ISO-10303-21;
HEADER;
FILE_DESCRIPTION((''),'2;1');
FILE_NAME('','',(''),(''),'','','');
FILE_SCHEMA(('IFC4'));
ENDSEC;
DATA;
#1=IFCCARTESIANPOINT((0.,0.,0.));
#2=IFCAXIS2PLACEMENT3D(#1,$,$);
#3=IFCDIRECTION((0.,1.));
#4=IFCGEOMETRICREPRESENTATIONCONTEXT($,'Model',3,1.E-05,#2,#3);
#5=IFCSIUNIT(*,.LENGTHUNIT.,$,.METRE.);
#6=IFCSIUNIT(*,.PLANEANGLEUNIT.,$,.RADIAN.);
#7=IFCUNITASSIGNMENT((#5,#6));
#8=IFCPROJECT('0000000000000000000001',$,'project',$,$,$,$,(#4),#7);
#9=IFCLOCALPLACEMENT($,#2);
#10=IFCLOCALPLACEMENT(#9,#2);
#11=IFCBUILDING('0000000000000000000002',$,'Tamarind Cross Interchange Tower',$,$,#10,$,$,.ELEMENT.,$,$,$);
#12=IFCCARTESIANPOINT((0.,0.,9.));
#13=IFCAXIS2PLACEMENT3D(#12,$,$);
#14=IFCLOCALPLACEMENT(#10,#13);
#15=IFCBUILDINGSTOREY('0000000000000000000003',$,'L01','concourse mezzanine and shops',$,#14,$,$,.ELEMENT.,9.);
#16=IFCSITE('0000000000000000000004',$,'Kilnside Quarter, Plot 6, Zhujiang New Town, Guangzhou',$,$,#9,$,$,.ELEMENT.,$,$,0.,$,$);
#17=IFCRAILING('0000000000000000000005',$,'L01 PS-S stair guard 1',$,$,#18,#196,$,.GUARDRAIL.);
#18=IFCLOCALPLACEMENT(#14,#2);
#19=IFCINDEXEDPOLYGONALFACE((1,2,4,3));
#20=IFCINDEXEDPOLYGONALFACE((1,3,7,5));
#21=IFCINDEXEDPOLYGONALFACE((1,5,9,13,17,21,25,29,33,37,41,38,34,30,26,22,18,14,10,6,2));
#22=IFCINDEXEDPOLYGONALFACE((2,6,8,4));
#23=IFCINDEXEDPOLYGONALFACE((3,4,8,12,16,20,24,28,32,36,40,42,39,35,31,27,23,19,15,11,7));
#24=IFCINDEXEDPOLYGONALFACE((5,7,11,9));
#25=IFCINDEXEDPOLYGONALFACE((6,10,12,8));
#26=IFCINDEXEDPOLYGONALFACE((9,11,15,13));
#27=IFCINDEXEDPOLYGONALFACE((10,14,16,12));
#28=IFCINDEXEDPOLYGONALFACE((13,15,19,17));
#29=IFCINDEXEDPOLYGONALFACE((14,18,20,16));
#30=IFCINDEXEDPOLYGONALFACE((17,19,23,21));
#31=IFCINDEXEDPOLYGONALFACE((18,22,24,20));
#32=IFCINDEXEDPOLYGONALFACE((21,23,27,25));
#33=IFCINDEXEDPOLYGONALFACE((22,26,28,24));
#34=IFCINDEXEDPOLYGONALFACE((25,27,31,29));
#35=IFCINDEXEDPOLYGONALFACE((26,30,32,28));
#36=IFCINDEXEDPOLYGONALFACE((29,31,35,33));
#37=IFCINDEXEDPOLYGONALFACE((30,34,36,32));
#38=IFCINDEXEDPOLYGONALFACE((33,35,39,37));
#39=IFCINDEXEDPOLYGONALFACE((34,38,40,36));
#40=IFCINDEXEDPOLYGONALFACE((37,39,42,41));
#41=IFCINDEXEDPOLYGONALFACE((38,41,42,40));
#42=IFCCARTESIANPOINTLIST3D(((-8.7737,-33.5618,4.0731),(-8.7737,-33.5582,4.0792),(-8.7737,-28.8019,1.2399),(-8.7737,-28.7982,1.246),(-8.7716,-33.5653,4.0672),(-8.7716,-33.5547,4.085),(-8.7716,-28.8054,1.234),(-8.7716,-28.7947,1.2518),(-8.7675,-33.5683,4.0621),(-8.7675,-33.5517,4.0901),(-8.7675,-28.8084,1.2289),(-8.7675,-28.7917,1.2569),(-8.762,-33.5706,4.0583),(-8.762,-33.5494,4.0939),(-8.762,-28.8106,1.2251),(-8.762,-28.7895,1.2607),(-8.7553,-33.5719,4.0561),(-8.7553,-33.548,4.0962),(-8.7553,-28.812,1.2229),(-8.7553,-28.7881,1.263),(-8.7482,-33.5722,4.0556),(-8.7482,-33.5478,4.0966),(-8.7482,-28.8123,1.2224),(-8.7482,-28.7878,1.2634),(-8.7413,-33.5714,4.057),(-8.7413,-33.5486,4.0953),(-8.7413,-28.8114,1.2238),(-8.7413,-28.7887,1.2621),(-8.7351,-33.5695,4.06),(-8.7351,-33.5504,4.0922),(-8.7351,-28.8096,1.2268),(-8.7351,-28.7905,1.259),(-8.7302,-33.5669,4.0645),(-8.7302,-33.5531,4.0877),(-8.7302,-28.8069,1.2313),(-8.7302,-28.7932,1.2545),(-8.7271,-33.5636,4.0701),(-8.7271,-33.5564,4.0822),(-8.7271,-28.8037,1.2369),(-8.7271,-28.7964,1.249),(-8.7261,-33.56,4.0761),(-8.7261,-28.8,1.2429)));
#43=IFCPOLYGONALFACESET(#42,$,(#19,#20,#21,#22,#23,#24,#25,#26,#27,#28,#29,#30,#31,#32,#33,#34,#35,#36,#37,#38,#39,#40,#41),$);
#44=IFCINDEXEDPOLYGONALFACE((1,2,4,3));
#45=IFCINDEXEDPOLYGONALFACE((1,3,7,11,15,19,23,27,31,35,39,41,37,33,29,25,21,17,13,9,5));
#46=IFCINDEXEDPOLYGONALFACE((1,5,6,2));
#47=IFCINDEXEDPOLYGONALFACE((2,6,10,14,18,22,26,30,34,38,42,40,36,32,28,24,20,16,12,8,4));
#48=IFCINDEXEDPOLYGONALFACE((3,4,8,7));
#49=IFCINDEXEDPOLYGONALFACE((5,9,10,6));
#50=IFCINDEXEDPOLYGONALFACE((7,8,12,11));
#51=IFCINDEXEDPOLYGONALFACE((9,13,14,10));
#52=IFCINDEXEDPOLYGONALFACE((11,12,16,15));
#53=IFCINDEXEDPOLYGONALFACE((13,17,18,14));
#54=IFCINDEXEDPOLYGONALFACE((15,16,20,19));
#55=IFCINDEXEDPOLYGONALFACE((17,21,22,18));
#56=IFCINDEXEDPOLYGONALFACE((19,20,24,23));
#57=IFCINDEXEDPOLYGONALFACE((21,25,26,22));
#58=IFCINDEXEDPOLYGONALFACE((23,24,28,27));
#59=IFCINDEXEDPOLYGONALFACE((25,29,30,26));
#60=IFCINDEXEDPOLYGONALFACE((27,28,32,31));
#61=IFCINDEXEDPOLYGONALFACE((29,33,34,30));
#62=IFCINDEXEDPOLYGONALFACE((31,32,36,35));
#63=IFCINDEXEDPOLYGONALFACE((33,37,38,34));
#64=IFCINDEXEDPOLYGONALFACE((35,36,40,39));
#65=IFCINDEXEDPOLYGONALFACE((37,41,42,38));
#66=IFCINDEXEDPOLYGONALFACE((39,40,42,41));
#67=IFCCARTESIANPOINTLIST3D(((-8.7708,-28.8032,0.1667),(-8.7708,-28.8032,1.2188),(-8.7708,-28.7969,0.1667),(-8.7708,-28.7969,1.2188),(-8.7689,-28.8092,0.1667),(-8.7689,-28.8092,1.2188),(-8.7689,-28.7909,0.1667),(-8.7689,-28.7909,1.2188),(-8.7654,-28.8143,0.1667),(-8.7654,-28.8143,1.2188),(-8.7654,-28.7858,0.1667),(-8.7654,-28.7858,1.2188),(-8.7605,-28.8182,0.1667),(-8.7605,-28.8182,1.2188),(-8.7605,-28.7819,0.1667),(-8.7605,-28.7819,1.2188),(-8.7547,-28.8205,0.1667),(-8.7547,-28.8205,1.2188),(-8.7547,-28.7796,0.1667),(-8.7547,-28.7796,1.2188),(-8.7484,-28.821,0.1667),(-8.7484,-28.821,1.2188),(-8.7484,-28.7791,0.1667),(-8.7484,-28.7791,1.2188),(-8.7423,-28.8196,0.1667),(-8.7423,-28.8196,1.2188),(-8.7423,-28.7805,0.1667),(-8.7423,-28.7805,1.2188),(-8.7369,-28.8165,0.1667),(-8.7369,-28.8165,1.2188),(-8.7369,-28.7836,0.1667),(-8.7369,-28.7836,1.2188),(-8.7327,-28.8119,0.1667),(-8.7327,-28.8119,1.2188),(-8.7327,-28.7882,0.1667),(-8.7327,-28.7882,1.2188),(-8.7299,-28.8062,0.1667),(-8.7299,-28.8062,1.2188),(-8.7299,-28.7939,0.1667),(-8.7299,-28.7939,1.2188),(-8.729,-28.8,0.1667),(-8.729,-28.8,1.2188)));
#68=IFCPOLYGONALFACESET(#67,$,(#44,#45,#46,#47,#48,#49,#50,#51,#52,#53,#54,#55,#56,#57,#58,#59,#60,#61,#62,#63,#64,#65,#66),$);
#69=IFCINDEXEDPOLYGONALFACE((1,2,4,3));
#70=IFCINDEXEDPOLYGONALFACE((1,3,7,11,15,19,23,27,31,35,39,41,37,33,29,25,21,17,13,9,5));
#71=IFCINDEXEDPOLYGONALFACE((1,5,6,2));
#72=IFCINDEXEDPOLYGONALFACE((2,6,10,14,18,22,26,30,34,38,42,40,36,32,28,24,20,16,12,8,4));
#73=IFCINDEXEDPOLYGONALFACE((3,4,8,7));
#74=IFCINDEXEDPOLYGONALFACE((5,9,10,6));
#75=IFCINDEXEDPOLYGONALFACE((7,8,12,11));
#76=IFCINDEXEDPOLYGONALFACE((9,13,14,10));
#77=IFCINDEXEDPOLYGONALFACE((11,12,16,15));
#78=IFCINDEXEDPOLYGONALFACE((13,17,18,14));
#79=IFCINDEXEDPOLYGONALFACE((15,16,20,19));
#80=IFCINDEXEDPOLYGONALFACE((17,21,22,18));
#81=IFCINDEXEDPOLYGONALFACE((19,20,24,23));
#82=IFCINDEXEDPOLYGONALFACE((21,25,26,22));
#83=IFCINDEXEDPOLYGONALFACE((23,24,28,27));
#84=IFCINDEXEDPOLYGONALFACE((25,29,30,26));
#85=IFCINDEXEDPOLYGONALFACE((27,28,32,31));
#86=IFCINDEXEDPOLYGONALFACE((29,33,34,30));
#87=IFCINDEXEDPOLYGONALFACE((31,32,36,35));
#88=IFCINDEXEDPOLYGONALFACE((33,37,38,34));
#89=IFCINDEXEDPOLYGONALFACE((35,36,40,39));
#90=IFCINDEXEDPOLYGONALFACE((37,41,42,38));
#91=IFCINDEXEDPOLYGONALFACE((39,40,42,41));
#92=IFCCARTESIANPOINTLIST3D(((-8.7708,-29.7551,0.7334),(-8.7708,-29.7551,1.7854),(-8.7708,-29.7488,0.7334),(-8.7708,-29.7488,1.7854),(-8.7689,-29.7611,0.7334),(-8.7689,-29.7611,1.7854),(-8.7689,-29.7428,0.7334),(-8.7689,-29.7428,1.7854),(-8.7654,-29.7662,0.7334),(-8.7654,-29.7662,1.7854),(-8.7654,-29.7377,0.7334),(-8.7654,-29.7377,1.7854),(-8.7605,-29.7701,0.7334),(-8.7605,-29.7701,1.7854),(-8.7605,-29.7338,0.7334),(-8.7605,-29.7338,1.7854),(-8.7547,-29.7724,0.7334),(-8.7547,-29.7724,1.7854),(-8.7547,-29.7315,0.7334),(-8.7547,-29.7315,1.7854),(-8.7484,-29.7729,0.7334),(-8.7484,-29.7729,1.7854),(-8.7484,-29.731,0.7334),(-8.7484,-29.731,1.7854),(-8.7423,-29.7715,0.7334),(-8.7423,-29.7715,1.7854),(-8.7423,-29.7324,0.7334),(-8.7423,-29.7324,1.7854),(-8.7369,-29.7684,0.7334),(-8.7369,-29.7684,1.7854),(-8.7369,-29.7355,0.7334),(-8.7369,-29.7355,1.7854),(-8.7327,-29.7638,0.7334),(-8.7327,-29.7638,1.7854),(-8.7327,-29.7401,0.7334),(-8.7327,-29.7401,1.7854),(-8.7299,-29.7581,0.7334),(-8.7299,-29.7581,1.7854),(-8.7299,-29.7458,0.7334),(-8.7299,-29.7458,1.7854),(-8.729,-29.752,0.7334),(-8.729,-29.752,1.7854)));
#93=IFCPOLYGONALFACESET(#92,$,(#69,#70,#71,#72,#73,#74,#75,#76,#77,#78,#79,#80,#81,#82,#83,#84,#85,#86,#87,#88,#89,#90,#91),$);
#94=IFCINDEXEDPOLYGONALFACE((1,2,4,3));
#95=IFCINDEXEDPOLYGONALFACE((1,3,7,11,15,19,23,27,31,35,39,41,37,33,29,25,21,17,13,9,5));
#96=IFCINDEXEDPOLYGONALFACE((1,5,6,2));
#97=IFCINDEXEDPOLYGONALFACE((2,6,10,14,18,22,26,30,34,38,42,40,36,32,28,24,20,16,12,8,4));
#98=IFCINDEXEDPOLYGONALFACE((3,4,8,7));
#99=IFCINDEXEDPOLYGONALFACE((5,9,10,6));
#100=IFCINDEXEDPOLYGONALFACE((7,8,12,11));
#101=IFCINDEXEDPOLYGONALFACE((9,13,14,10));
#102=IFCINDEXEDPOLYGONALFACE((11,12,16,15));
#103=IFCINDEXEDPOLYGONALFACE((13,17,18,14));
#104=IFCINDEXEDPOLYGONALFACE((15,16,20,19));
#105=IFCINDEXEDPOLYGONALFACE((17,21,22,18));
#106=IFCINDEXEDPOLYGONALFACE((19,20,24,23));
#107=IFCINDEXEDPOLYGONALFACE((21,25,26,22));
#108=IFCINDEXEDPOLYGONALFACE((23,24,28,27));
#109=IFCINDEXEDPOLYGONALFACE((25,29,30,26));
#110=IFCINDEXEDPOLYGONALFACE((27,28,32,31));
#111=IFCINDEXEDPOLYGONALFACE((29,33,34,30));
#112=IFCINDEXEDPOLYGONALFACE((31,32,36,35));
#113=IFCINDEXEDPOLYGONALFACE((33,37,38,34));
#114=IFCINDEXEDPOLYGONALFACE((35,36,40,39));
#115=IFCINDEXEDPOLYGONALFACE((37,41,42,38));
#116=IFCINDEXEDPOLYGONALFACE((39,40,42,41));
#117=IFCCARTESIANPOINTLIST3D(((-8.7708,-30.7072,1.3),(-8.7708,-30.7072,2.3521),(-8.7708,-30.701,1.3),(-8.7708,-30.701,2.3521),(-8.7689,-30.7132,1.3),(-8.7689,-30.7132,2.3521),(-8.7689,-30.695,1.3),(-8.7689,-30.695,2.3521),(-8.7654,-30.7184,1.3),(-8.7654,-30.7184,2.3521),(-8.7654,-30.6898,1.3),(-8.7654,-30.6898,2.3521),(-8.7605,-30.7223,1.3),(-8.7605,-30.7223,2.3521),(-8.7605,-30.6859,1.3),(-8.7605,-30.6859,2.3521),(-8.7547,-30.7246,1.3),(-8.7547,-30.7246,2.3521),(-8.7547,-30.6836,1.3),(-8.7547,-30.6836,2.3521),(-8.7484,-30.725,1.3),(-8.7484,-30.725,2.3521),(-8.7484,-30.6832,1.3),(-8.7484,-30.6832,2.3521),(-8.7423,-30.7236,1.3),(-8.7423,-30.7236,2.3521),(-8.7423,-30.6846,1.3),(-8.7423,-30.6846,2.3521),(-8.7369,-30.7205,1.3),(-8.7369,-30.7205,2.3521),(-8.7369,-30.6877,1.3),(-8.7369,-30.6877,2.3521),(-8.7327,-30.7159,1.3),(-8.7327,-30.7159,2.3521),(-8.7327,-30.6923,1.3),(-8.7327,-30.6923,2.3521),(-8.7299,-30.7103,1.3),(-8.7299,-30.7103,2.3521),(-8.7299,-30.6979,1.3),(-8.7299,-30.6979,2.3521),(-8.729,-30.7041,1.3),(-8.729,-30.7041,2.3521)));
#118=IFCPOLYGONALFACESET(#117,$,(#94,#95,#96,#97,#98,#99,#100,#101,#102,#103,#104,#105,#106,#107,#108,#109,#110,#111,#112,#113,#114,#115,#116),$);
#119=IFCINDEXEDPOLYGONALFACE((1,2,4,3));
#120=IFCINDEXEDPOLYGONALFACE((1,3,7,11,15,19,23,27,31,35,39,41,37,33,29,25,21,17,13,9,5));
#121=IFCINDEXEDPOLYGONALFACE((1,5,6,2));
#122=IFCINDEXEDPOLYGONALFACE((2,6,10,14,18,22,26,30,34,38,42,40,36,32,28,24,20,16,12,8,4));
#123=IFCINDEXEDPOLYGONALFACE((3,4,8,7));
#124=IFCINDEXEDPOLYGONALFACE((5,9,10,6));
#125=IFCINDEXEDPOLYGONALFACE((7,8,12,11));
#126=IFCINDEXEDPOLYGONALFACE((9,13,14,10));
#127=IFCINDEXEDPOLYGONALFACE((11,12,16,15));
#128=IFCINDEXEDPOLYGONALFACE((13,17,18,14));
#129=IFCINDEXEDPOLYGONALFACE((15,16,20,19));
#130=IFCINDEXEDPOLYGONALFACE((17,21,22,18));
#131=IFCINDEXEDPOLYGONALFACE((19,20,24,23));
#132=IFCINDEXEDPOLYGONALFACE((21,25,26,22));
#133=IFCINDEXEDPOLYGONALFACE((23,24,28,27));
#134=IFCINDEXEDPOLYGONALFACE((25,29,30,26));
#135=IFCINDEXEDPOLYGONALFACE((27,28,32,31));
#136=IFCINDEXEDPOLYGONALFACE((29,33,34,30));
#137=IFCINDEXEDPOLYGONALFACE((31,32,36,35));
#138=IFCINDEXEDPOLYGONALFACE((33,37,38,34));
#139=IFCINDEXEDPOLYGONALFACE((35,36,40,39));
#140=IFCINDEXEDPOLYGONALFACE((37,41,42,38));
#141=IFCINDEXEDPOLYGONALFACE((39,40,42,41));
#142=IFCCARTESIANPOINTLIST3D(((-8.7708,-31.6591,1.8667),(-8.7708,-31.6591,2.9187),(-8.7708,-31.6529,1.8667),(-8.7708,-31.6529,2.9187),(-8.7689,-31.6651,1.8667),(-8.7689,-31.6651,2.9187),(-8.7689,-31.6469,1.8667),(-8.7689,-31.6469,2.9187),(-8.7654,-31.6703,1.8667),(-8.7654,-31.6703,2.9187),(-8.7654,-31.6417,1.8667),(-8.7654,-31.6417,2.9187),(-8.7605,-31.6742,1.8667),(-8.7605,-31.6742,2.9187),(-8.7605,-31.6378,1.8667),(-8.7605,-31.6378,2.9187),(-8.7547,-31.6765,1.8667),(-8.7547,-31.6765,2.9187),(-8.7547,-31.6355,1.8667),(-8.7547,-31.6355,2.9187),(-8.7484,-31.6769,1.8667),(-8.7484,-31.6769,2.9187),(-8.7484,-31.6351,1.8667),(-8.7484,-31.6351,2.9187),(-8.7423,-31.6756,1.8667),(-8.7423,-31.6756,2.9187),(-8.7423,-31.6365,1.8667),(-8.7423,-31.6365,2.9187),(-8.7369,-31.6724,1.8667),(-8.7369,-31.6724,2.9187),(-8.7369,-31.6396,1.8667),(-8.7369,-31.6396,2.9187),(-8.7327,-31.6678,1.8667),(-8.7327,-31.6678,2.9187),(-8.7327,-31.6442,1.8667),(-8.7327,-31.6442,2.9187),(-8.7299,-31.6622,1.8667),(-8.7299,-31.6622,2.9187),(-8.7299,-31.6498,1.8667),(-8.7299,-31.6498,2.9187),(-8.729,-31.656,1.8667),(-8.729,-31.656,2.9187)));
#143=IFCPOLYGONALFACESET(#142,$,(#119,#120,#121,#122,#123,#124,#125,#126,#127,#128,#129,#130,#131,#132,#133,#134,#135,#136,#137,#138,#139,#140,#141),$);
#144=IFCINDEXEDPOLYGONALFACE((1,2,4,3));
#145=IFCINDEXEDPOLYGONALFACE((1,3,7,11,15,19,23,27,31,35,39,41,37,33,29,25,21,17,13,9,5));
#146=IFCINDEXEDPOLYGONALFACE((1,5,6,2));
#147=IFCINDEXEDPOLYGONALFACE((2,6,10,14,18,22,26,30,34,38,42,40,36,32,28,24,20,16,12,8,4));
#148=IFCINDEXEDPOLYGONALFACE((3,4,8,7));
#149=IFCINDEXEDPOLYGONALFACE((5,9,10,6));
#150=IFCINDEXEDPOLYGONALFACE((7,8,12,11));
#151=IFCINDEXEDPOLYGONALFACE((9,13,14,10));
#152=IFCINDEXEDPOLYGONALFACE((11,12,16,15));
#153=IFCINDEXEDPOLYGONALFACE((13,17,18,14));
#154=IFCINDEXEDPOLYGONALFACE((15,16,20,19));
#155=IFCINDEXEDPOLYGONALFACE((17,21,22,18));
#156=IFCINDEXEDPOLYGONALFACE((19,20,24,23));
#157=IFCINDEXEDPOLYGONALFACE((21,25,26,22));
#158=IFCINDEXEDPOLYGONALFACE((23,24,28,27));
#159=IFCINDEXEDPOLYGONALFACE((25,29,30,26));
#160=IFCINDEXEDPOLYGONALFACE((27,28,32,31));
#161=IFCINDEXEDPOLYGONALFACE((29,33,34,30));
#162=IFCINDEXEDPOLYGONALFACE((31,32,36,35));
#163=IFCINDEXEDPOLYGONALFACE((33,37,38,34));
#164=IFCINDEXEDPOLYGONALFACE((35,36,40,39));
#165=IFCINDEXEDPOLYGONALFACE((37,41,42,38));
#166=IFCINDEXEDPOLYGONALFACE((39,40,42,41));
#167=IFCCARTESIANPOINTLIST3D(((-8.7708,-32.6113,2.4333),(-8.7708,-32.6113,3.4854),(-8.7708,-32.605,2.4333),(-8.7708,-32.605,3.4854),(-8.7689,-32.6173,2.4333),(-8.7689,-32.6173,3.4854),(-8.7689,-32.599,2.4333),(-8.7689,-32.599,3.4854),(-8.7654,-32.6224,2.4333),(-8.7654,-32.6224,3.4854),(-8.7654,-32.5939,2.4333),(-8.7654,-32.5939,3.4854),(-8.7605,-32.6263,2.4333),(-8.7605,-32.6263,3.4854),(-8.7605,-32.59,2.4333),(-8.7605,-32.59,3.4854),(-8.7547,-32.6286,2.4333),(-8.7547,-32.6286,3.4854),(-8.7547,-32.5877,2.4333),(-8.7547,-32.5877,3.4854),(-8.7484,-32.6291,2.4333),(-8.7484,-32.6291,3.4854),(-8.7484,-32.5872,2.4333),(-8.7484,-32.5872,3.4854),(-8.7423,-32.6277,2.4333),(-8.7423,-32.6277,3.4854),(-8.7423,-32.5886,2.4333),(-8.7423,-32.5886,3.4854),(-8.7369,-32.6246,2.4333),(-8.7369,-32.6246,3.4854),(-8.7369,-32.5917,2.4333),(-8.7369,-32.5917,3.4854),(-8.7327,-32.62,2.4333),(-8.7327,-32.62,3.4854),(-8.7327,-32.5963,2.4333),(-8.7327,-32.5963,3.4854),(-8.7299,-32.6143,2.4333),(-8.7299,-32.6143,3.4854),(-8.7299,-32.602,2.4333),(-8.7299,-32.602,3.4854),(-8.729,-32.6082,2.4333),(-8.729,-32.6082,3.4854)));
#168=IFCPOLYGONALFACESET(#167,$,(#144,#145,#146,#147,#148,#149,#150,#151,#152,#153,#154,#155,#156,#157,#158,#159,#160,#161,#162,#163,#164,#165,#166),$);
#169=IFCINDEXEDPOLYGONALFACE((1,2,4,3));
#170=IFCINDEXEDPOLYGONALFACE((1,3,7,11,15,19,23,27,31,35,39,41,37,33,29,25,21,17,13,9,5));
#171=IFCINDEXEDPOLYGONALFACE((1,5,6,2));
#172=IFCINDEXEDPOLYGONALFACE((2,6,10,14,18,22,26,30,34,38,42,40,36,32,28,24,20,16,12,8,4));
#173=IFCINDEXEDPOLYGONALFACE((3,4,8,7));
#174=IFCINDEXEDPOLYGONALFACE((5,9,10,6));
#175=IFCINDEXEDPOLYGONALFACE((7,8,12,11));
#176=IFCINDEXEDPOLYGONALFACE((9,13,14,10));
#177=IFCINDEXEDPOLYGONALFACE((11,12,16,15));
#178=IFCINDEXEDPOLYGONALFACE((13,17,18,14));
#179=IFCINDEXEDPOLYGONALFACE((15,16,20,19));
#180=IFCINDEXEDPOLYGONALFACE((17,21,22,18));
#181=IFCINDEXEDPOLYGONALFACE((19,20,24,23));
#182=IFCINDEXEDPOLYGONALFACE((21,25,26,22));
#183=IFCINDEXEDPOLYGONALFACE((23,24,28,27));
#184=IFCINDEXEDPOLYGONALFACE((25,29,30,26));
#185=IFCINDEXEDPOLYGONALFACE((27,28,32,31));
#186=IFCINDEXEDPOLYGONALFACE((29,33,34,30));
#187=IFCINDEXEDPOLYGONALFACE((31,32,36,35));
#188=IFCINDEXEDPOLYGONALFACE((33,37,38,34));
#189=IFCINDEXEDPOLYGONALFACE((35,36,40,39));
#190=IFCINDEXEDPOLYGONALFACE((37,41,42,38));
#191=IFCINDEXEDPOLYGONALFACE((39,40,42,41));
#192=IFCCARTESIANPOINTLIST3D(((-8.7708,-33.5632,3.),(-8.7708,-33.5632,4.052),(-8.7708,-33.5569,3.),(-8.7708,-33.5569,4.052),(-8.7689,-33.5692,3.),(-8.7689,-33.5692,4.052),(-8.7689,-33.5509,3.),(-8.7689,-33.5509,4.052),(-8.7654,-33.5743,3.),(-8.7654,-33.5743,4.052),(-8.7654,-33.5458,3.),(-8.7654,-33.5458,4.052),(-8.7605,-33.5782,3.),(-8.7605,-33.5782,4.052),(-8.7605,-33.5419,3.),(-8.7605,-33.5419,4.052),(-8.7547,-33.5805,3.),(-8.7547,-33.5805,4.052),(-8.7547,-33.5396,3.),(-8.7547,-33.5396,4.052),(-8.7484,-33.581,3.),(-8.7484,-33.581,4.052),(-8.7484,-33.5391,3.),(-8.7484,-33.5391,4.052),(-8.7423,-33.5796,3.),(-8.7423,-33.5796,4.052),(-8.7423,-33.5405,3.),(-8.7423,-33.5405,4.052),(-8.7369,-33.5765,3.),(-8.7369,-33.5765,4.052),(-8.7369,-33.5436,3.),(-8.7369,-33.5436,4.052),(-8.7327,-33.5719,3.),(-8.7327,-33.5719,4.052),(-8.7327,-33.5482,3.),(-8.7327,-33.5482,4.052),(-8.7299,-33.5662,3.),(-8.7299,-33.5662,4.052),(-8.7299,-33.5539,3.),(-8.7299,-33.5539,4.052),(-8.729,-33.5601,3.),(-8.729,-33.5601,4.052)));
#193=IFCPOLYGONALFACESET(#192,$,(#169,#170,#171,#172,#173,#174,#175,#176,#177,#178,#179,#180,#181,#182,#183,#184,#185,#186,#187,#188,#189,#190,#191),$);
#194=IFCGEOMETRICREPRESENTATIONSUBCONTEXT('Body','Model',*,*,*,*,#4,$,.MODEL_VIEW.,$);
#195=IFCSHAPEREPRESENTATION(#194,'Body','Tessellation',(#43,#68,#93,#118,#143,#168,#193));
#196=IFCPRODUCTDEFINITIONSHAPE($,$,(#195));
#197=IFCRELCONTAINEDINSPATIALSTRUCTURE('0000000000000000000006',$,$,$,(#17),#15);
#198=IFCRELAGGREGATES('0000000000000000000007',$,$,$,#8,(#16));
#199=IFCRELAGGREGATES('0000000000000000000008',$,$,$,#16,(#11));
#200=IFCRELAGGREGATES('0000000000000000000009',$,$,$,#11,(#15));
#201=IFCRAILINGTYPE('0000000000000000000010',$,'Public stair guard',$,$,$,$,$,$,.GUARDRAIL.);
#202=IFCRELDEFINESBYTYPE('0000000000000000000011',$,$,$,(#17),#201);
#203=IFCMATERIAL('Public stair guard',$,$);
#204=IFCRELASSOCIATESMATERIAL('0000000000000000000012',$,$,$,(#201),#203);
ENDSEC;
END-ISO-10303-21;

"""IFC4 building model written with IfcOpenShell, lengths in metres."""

from ifc_helpers import new_model, si_unit, direction, frame, origin, origin_2d, place, context, subcontext, project, spatial, circle, extrude, material, type_object, element, save


model = new_model("IFC4")

# Units and contexts
model_context = context("Model", 3, precision=1e-05, world=origin(), true_north=direction((0.0, 1.0)))
body_context = subcontext(model_context, "Body", "Model", "MODEL_VIEW")
ifc_project = project(units=[si_unit("LENGTHUNIT", "METRE"), si_unit("PLANEANGLEUNIT", "RADIAN")], contexts=[model_context])

# Site, building, storey
site_placement = place(None, origin())
site = spatial("IfcSite", under=ifc_project, at=site_placement, Name="Kilnside Quarter, Plot 6, Zhujiang New Town, Guangzhou", CompositionType="ELEMENT", RefElevation=0.0)
building_placement = place(site_placement, origin())
building = spatial("IfcBuilding", under=site, at=building_placement, Name="Tamarind Cross Interchange Tower", CompositionType="ELEMENT")
storey_placement = place(building_placement, frame((0.0, 0.0, 9.0)))
storey = spatial("IfcBuildingStorey", under=building, at=storey_placement, Name="L01", Description="concourse mezzanine and shops", CompositionType="ELEMENT", Elevation=9.0)

# Railing
ifc_material_1 = material(Name="Public stair guard")
railing_type_1 = type_object("IfcRailingType", Name="Public stair guard", PredefinedType="GUARDRAIL", material=ifc_material_1)
railing_1_placement = place(storey_placement, frame((-8.75, -28.8, 0.1667)))
element("IfcRailing", 1, at=railing_1_placement, inside=storey, type_object=railing_type_1, Name="L01 PS-S stair guard 1", PredefinedType="GUARDRAIL", context=body_context, shape_type="SweptSolid", body=[
    extrude(circle(Radius=0.0239, at=origin_2d()), frame((0.0, 0.0, 1.0762), z_axis=(0.0, -0.8593, 0.511472), x_axis=(1.0, 0.0, 0.0)), (0.0, 0.0, 1.0), 5.5393),
    extrude(circle(Radius=0.021, at=origin_2d()), origin(), (0.0, 0.0, 1.0), 1.052),
    extrude(circle(Radius=0.021, at=origin_2d()), frame((0.0, -0.9519, 0.5667)), (0.0, 0.0, 1.0), 1.052),
    extrude(circle(Radius=0.021, at=origin_2d()), frame((0.0, -1.9041, 1.1333)), (0.0, 0.0, 1.0), 1.052),
    extrude(circle(Radius=0.021, at=origin_2d()), frame((0.0, -2.856, 1.7)), (0.0, 0.0, 1.0), 1.052),
    extrude(circle(Radius=0.021, at=origin_2d()), frame((0.0, -3.8081, 2.2666)), (0.0, 0.0, 1.0), 1.052),
    extrude(circle(Radius=0.021, at=origin_2d()), frame((0.0, -4.76, 2.8333)), (0.0, 0.0, 1.0), 1.052),
])

save(model, "model.ifc")
